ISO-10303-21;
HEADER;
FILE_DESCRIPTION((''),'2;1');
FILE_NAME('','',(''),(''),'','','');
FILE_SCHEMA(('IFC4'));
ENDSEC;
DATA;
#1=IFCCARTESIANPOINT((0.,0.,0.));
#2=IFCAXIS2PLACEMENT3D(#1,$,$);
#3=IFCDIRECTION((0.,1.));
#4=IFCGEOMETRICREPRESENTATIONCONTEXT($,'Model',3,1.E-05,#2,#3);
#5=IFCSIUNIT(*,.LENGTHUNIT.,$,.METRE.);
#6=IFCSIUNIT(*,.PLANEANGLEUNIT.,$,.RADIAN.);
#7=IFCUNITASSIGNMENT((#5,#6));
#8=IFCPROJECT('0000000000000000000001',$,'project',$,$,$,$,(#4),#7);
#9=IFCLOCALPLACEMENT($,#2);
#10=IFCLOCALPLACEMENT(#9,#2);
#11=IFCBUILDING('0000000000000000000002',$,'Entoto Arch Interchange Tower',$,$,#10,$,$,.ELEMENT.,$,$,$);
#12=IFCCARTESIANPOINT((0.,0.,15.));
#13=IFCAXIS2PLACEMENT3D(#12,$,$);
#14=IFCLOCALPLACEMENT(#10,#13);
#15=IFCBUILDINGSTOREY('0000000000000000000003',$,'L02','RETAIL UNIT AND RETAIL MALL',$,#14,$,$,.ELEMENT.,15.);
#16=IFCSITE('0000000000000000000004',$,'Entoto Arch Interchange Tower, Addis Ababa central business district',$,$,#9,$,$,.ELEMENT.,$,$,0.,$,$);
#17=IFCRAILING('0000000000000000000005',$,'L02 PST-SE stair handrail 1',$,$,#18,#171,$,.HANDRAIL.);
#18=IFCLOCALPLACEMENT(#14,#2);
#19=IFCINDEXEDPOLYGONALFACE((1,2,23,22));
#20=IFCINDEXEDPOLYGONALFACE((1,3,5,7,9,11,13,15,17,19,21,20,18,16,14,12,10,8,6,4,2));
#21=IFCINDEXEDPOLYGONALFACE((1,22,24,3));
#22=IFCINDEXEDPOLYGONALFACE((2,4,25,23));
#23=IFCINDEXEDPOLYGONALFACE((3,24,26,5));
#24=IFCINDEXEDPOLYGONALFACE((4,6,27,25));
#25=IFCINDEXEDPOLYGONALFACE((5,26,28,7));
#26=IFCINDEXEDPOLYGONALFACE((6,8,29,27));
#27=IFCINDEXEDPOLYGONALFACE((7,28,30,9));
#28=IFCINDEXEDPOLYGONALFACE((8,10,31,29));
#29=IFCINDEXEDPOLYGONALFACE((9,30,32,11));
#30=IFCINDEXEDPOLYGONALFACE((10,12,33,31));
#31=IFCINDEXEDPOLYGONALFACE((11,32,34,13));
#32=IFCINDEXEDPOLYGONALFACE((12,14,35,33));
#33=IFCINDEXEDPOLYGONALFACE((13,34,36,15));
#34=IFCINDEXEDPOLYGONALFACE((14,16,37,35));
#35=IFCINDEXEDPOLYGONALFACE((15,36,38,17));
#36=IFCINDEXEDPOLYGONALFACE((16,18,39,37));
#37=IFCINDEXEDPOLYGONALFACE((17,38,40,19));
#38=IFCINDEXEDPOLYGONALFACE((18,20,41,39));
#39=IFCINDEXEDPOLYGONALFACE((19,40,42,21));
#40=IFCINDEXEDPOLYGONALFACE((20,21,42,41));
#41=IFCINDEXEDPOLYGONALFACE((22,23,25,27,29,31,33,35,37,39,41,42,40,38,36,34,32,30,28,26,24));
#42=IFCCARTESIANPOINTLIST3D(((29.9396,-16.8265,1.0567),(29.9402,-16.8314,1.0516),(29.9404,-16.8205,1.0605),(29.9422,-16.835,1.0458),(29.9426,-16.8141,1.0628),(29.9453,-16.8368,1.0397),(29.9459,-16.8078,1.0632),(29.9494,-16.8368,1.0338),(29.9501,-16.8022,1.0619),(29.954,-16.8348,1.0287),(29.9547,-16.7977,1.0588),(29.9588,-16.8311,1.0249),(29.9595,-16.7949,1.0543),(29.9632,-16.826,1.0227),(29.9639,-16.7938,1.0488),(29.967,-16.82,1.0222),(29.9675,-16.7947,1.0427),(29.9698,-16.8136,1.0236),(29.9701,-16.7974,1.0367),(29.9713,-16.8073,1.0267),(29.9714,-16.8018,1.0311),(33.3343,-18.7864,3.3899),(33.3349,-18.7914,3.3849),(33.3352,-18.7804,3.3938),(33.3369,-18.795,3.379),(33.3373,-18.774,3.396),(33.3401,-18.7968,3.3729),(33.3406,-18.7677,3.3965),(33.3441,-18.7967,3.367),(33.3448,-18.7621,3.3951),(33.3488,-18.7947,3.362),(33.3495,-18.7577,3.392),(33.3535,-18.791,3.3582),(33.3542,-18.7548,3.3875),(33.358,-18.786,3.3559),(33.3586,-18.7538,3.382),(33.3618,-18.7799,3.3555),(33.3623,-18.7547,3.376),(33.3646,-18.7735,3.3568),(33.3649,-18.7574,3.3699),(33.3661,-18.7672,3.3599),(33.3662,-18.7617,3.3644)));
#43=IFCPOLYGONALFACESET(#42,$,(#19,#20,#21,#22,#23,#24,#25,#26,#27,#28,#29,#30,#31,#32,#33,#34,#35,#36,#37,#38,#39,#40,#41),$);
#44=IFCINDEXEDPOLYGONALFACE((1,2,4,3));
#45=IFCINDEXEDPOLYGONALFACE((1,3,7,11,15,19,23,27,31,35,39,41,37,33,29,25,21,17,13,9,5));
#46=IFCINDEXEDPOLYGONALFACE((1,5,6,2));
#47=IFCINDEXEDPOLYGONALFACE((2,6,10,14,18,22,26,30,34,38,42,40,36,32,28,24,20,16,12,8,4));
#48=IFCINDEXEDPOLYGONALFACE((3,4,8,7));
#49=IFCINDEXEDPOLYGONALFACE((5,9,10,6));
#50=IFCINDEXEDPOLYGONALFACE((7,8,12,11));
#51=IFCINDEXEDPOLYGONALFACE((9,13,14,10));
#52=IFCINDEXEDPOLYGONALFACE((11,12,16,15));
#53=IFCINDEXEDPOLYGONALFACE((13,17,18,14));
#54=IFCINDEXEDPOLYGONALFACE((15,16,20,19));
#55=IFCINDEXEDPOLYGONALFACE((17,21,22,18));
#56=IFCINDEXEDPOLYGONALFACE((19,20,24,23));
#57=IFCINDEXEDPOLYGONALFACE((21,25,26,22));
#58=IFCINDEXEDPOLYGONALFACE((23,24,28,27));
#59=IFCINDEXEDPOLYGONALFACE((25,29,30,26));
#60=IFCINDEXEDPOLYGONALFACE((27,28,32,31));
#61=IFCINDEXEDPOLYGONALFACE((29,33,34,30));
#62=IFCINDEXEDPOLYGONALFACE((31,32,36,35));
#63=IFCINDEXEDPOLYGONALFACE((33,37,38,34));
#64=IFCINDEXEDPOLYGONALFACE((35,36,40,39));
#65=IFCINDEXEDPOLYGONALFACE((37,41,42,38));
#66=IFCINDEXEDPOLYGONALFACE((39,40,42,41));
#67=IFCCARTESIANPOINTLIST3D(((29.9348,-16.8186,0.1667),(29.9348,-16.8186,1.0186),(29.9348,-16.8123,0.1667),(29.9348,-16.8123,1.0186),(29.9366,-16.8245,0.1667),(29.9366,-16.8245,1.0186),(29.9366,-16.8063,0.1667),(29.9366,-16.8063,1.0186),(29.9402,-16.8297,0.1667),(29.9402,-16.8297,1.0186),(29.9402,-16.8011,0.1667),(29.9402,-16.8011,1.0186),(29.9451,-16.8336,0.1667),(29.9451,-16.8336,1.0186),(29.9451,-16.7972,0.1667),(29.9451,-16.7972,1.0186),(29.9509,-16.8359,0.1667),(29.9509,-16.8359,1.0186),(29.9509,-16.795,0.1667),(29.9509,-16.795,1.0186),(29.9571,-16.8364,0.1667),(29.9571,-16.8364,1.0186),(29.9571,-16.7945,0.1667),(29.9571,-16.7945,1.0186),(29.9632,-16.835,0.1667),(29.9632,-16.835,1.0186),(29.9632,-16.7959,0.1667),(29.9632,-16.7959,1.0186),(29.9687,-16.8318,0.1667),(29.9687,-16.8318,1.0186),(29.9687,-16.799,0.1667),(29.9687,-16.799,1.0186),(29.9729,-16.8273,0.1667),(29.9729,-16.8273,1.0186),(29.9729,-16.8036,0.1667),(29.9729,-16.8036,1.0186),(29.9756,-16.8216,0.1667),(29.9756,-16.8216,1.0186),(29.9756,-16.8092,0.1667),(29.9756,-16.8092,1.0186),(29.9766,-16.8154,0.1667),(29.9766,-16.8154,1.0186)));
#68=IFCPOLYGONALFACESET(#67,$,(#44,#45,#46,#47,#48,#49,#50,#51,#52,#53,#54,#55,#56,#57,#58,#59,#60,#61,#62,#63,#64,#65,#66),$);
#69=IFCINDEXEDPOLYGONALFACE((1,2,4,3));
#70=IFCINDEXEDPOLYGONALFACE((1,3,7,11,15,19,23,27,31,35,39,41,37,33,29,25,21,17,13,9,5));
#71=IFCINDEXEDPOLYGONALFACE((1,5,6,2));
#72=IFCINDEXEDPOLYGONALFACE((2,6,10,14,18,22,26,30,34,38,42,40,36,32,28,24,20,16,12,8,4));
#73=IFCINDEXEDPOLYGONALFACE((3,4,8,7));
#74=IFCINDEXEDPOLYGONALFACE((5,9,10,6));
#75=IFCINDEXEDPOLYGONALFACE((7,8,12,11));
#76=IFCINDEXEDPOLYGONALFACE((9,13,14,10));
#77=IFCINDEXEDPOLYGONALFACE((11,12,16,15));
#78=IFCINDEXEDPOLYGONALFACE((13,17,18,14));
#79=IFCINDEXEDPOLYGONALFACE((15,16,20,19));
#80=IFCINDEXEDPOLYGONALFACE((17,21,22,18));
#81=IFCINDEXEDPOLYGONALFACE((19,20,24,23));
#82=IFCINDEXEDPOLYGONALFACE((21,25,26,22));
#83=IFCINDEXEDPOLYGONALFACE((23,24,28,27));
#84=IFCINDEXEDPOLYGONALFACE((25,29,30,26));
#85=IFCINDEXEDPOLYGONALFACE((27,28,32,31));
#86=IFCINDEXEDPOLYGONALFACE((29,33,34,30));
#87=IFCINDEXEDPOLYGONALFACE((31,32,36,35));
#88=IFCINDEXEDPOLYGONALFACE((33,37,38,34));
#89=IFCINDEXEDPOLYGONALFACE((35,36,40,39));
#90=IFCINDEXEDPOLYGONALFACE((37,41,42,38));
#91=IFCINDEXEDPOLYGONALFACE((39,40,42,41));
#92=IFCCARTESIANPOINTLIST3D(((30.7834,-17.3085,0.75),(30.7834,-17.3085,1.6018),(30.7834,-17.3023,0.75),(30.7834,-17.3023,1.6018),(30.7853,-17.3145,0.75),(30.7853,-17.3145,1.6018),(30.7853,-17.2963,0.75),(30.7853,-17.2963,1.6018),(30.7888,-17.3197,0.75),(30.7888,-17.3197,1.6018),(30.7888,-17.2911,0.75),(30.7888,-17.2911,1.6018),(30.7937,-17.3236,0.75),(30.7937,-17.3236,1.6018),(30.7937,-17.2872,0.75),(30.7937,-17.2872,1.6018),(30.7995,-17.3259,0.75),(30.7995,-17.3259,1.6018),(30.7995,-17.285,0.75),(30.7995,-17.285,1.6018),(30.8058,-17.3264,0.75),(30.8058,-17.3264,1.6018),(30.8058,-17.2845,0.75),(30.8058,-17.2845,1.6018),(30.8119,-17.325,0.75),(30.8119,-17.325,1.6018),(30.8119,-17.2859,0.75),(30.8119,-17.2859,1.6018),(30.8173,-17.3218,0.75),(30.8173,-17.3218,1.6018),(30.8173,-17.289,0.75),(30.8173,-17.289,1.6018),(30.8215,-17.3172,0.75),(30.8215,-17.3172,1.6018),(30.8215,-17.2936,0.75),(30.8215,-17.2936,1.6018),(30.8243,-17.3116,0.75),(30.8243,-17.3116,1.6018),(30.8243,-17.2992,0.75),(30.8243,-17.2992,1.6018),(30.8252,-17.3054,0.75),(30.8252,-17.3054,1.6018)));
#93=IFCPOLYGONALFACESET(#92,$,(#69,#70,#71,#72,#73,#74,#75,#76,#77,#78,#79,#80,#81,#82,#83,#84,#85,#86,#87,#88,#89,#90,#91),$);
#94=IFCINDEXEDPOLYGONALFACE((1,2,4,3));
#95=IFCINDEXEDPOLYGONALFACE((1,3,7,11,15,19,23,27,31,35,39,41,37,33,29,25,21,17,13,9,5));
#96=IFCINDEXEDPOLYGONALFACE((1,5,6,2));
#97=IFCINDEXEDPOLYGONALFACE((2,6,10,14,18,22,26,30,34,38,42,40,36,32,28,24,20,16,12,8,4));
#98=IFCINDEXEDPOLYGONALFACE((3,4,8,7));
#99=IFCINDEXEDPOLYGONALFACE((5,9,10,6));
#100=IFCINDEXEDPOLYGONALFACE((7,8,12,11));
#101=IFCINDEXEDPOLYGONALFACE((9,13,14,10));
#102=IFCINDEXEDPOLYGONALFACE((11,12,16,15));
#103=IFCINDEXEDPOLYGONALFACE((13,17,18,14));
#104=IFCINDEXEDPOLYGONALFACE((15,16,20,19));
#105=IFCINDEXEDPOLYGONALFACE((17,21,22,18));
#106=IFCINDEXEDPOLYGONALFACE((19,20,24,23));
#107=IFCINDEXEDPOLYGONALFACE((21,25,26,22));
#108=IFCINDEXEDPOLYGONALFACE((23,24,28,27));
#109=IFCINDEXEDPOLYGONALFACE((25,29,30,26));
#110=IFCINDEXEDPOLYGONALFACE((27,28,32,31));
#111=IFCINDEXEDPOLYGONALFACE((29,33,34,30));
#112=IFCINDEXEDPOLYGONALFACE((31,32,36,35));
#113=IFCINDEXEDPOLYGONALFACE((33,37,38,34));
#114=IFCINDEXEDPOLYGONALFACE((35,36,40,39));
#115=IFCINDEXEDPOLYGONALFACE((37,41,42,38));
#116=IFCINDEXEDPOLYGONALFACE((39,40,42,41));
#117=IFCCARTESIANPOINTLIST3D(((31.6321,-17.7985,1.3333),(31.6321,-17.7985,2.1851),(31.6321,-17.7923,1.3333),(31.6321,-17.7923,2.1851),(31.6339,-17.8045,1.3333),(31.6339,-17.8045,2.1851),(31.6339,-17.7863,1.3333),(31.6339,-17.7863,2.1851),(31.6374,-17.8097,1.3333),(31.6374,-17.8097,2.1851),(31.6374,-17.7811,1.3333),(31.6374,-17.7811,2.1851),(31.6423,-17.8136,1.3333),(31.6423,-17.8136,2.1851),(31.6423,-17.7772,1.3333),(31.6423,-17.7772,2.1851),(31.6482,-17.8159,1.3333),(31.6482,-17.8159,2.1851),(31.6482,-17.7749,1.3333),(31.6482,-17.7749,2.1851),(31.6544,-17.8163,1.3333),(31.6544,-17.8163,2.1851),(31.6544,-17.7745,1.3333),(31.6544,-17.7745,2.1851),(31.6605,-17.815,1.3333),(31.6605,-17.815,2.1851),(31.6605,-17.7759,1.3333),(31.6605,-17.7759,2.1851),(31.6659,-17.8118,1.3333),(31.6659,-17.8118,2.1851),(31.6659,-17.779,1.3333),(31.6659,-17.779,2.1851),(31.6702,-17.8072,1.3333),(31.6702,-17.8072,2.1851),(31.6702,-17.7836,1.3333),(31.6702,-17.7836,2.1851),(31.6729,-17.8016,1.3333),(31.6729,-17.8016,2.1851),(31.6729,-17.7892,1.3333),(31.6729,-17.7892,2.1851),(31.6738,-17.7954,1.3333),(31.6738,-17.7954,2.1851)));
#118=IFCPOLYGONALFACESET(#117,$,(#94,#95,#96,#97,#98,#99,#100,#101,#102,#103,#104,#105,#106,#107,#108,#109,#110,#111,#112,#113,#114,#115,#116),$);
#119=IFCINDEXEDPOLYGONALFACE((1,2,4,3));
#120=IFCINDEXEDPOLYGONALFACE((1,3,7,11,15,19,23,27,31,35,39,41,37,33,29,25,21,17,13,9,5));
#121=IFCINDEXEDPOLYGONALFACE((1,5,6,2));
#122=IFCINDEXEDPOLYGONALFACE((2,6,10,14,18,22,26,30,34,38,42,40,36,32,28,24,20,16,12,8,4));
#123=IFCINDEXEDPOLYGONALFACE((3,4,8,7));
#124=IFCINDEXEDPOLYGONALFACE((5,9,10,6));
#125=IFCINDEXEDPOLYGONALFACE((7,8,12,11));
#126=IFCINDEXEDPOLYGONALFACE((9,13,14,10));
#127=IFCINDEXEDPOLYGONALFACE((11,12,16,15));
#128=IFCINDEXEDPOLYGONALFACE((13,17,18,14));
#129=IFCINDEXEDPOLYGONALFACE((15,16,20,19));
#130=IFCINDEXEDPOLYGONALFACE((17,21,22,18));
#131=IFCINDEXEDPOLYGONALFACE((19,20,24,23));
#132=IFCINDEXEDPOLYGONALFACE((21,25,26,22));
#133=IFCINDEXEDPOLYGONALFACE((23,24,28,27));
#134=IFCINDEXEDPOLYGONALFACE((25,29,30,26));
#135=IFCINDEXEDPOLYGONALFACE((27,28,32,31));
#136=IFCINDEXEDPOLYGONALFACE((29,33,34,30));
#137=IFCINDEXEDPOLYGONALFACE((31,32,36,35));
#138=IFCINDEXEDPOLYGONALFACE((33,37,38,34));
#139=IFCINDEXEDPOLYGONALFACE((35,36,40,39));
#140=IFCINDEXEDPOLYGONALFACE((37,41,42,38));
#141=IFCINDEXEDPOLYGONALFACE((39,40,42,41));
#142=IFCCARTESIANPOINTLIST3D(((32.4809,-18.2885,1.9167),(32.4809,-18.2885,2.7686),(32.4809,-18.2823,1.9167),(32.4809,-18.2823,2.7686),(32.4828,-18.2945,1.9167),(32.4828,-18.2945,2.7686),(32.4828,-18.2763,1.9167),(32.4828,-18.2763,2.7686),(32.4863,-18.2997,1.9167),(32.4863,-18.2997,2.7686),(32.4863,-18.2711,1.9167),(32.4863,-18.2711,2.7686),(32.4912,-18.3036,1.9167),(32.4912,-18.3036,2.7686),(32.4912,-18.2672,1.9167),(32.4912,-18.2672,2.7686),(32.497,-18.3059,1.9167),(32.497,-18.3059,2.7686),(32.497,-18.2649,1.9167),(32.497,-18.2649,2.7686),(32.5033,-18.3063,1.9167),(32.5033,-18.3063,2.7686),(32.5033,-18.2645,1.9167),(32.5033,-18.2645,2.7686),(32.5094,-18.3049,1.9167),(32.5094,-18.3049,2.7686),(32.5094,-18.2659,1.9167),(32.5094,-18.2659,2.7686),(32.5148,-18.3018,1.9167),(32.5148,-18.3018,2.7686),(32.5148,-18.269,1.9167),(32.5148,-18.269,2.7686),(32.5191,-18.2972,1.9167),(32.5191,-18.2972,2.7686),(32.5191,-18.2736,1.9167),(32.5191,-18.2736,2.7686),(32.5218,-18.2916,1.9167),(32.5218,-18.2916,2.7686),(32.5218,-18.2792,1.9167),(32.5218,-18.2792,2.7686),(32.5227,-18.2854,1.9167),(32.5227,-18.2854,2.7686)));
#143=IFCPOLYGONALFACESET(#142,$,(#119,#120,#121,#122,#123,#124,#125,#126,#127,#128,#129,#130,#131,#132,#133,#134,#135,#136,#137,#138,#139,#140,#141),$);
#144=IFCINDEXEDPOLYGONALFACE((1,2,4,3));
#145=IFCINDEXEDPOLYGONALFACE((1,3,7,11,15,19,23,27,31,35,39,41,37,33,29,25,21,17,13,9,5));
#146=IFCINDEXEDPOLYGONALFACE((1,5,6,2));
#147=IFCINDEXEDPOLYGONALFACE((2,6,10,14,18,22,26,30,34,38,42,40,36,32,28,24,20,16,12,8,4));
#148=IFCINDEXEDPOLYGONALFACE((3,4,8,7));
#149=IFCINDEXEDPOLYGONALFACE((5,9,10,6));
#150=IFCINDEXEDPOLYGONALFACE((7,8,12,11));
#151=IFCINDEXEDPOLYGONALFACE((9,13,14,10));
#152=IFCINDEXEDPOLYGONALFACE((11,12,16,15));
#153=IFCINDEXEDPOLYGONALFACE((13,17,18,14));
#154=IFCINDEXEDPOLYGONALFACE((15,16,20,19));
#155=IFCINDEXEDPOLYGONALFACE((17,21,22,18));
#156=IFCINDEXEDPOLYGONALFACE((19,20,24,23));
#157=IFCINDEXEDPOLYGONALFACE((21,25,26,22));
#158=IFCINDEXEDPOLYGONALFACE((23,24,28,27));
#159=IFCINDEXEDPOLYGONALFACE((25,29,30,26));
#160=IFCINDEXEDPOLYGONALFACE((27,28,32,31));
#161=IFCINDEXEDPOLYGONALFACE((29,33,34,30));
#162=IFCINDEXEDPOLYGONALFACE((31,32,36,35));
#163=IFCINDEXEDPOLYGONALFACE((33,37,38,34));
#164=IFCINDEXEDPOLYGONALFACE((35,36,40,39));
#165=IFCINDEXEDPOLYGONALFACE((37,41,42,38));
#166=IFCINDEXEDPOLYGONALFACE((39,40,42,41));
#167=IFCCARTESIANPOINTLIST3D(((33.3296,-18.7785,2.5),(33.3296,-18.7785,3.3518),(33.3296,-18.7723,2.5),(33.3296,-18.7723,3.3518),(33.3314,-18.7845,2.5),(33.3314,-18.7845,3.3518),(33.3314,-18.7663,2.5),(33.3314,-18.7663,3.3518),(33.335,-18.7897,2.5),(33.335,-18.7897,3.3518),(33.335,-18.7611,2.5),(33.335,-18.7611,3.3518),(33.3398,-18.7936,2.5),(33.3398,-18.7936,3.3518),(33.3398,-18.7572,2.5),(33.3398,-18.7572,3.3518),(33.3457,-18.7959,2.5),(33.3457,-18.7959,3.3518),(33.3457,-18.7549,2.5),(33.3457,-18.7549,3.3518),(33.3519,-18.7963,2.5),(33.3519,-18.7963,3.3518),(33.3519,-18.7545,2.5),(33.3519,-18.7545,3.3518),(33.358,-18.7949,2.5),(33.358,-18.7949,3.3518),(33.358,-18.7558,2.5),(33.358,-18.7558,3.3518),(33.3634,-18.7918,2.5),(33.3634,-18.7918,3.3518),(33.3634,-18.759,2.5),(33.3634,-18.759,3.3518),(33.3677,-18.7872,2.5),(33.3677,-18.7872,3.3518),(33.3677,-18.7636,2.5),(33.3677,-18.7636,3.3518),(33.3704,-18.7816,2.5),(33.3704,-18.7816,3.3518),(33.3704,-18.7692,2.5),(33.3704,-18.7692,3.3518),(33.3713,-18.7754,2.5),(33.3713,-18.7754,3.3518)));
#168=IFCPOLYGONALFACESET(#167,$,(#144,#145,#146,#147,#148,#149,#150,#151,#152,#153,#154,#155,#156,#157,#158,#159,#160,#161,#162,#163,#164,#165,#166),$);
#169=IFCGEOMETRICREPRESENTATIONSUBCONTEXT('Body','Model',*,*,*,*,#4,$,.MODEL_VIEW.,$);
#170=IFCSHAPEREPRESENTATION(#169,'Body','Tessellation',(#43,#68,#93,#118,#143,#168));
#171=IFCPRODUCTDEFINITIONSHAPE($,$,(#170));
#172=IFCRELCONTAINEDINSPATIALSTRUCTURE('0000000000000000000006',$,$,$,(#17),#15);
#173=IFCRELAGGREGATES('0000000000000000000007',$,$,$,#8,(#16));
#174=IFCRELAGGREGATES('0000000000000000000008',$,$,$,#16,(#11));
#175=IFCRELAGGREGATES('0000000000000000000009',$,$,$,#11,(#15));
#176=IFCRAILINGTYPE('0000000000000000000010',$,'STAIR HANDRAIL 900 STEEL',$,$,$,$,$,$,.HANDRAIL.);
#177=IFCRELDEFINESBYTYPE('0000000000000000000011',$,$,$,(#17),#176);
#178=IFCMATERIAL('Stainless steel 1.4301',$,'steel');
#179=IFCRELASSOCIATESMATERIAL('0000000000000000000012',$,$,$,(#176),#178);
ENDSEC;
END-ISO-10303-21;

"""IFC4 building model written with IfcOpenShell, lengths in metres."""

from ifc_helpers import new_model, si_unit, direction, frame, origin, origin_2d, place, context, subcontext, project, spatial, circle, extrude, material, type_object, element, save


model = new_model("IFC4")

# Units and contexts
model_context = context("Model", 3, precision=1e-05, world=origin(), true_north=direction((0.0, 1.0)))
body_context = subcontext(model_context, "Body", "Model", "MODEL_VIEW")
ifc_project = project(units=[si_unit("LENGTHUNIT", "METRE"), si_unit("PLANEANGLEUNIT", "RADIAN")], contexts=[model_context])

# Site, building, storey
site_placement = place(None, origin())
site = spatial("IfcSite", under=ifc_project, at=site_placement, Name="Entoto Arch Interchange Tower, Addis Ababa central business district", CompositionType="ELEMENT", RefElevation=0.0)
building_placement = place(site_placement, origin())
building = spatial("IfcBuilding", under=site, at=building_placement, Name="Entoto Arch Interchange Tower", CompositionType="ELEMENT")
storey_placement = place(building_placement, frame((0.0, 0.0, 15.0)))
storey = spatial("IfcBuildingStorey", under=building, at=storey_placement, Name="L02", Description="RETAIL UNIT AND RETAIL MALL", CompositionType="ELEMENT", Elevation=15.0)

# Railing
ifc_material_1 = material(Name="Stainless steel 1.4301", Category="steel")
railing_type_1 = type_object("IfcRailingType", Name="STAIR HANDRAIL 900 STEEL", PredefinedType="HANDRAIL", material=ifc_material_1)
railing_1_placement = place(storey_placement, frame((29.9556, -16.8154, 0.1667)))
element("IfcRailing", 1, at=railing_1_placement, inside=storey, type_object=railing_type_1, Name="L02 PST-SE stair handrail 1", PredefinedType="HANDRAIL", context=body_context, shape_type="SweptSolid", body=[
    extrude(circle(Radius=0.0239, at=origin_2d()), frame((0.0, 0.0, 0.876), z_axis=(0.744175, -0.429646, 0.511476), x_axis=(0.499997, 0.866027, 0.0)), (0.0, 0.0, 1.0), 4.5618),
    extrude(circle(Radius=0.021, at=origin_2d()), origin(), (0.0, 0.0, 1.0), 0.8518),
    extrude(circle(Radius=0.021, at=origin_2d()), frame((0.8486, -0.49, 0.5833)), (0.0, 0.0, 1.0), 0.8518),
    extrude(circle(Radius=0.021, at=origin_2d()), frame((1.6973, -0.98, 1.1665)), (0.0, 0.0, 1.0), 0.8518),
    extrude(circle(Radius=0.021, at=origin_2d()), frame((2.5461, -1.47, 1.75)), (0.0, 0.0, 1.0), 0.8518),
    extrude(circle(Radius=0.021, at=origin_2d()), frame((3.3948, -1.96, 2.3333)), (0.0, 0.0, 1.0), 0.8518),
])

save(model, "model.ifc")
